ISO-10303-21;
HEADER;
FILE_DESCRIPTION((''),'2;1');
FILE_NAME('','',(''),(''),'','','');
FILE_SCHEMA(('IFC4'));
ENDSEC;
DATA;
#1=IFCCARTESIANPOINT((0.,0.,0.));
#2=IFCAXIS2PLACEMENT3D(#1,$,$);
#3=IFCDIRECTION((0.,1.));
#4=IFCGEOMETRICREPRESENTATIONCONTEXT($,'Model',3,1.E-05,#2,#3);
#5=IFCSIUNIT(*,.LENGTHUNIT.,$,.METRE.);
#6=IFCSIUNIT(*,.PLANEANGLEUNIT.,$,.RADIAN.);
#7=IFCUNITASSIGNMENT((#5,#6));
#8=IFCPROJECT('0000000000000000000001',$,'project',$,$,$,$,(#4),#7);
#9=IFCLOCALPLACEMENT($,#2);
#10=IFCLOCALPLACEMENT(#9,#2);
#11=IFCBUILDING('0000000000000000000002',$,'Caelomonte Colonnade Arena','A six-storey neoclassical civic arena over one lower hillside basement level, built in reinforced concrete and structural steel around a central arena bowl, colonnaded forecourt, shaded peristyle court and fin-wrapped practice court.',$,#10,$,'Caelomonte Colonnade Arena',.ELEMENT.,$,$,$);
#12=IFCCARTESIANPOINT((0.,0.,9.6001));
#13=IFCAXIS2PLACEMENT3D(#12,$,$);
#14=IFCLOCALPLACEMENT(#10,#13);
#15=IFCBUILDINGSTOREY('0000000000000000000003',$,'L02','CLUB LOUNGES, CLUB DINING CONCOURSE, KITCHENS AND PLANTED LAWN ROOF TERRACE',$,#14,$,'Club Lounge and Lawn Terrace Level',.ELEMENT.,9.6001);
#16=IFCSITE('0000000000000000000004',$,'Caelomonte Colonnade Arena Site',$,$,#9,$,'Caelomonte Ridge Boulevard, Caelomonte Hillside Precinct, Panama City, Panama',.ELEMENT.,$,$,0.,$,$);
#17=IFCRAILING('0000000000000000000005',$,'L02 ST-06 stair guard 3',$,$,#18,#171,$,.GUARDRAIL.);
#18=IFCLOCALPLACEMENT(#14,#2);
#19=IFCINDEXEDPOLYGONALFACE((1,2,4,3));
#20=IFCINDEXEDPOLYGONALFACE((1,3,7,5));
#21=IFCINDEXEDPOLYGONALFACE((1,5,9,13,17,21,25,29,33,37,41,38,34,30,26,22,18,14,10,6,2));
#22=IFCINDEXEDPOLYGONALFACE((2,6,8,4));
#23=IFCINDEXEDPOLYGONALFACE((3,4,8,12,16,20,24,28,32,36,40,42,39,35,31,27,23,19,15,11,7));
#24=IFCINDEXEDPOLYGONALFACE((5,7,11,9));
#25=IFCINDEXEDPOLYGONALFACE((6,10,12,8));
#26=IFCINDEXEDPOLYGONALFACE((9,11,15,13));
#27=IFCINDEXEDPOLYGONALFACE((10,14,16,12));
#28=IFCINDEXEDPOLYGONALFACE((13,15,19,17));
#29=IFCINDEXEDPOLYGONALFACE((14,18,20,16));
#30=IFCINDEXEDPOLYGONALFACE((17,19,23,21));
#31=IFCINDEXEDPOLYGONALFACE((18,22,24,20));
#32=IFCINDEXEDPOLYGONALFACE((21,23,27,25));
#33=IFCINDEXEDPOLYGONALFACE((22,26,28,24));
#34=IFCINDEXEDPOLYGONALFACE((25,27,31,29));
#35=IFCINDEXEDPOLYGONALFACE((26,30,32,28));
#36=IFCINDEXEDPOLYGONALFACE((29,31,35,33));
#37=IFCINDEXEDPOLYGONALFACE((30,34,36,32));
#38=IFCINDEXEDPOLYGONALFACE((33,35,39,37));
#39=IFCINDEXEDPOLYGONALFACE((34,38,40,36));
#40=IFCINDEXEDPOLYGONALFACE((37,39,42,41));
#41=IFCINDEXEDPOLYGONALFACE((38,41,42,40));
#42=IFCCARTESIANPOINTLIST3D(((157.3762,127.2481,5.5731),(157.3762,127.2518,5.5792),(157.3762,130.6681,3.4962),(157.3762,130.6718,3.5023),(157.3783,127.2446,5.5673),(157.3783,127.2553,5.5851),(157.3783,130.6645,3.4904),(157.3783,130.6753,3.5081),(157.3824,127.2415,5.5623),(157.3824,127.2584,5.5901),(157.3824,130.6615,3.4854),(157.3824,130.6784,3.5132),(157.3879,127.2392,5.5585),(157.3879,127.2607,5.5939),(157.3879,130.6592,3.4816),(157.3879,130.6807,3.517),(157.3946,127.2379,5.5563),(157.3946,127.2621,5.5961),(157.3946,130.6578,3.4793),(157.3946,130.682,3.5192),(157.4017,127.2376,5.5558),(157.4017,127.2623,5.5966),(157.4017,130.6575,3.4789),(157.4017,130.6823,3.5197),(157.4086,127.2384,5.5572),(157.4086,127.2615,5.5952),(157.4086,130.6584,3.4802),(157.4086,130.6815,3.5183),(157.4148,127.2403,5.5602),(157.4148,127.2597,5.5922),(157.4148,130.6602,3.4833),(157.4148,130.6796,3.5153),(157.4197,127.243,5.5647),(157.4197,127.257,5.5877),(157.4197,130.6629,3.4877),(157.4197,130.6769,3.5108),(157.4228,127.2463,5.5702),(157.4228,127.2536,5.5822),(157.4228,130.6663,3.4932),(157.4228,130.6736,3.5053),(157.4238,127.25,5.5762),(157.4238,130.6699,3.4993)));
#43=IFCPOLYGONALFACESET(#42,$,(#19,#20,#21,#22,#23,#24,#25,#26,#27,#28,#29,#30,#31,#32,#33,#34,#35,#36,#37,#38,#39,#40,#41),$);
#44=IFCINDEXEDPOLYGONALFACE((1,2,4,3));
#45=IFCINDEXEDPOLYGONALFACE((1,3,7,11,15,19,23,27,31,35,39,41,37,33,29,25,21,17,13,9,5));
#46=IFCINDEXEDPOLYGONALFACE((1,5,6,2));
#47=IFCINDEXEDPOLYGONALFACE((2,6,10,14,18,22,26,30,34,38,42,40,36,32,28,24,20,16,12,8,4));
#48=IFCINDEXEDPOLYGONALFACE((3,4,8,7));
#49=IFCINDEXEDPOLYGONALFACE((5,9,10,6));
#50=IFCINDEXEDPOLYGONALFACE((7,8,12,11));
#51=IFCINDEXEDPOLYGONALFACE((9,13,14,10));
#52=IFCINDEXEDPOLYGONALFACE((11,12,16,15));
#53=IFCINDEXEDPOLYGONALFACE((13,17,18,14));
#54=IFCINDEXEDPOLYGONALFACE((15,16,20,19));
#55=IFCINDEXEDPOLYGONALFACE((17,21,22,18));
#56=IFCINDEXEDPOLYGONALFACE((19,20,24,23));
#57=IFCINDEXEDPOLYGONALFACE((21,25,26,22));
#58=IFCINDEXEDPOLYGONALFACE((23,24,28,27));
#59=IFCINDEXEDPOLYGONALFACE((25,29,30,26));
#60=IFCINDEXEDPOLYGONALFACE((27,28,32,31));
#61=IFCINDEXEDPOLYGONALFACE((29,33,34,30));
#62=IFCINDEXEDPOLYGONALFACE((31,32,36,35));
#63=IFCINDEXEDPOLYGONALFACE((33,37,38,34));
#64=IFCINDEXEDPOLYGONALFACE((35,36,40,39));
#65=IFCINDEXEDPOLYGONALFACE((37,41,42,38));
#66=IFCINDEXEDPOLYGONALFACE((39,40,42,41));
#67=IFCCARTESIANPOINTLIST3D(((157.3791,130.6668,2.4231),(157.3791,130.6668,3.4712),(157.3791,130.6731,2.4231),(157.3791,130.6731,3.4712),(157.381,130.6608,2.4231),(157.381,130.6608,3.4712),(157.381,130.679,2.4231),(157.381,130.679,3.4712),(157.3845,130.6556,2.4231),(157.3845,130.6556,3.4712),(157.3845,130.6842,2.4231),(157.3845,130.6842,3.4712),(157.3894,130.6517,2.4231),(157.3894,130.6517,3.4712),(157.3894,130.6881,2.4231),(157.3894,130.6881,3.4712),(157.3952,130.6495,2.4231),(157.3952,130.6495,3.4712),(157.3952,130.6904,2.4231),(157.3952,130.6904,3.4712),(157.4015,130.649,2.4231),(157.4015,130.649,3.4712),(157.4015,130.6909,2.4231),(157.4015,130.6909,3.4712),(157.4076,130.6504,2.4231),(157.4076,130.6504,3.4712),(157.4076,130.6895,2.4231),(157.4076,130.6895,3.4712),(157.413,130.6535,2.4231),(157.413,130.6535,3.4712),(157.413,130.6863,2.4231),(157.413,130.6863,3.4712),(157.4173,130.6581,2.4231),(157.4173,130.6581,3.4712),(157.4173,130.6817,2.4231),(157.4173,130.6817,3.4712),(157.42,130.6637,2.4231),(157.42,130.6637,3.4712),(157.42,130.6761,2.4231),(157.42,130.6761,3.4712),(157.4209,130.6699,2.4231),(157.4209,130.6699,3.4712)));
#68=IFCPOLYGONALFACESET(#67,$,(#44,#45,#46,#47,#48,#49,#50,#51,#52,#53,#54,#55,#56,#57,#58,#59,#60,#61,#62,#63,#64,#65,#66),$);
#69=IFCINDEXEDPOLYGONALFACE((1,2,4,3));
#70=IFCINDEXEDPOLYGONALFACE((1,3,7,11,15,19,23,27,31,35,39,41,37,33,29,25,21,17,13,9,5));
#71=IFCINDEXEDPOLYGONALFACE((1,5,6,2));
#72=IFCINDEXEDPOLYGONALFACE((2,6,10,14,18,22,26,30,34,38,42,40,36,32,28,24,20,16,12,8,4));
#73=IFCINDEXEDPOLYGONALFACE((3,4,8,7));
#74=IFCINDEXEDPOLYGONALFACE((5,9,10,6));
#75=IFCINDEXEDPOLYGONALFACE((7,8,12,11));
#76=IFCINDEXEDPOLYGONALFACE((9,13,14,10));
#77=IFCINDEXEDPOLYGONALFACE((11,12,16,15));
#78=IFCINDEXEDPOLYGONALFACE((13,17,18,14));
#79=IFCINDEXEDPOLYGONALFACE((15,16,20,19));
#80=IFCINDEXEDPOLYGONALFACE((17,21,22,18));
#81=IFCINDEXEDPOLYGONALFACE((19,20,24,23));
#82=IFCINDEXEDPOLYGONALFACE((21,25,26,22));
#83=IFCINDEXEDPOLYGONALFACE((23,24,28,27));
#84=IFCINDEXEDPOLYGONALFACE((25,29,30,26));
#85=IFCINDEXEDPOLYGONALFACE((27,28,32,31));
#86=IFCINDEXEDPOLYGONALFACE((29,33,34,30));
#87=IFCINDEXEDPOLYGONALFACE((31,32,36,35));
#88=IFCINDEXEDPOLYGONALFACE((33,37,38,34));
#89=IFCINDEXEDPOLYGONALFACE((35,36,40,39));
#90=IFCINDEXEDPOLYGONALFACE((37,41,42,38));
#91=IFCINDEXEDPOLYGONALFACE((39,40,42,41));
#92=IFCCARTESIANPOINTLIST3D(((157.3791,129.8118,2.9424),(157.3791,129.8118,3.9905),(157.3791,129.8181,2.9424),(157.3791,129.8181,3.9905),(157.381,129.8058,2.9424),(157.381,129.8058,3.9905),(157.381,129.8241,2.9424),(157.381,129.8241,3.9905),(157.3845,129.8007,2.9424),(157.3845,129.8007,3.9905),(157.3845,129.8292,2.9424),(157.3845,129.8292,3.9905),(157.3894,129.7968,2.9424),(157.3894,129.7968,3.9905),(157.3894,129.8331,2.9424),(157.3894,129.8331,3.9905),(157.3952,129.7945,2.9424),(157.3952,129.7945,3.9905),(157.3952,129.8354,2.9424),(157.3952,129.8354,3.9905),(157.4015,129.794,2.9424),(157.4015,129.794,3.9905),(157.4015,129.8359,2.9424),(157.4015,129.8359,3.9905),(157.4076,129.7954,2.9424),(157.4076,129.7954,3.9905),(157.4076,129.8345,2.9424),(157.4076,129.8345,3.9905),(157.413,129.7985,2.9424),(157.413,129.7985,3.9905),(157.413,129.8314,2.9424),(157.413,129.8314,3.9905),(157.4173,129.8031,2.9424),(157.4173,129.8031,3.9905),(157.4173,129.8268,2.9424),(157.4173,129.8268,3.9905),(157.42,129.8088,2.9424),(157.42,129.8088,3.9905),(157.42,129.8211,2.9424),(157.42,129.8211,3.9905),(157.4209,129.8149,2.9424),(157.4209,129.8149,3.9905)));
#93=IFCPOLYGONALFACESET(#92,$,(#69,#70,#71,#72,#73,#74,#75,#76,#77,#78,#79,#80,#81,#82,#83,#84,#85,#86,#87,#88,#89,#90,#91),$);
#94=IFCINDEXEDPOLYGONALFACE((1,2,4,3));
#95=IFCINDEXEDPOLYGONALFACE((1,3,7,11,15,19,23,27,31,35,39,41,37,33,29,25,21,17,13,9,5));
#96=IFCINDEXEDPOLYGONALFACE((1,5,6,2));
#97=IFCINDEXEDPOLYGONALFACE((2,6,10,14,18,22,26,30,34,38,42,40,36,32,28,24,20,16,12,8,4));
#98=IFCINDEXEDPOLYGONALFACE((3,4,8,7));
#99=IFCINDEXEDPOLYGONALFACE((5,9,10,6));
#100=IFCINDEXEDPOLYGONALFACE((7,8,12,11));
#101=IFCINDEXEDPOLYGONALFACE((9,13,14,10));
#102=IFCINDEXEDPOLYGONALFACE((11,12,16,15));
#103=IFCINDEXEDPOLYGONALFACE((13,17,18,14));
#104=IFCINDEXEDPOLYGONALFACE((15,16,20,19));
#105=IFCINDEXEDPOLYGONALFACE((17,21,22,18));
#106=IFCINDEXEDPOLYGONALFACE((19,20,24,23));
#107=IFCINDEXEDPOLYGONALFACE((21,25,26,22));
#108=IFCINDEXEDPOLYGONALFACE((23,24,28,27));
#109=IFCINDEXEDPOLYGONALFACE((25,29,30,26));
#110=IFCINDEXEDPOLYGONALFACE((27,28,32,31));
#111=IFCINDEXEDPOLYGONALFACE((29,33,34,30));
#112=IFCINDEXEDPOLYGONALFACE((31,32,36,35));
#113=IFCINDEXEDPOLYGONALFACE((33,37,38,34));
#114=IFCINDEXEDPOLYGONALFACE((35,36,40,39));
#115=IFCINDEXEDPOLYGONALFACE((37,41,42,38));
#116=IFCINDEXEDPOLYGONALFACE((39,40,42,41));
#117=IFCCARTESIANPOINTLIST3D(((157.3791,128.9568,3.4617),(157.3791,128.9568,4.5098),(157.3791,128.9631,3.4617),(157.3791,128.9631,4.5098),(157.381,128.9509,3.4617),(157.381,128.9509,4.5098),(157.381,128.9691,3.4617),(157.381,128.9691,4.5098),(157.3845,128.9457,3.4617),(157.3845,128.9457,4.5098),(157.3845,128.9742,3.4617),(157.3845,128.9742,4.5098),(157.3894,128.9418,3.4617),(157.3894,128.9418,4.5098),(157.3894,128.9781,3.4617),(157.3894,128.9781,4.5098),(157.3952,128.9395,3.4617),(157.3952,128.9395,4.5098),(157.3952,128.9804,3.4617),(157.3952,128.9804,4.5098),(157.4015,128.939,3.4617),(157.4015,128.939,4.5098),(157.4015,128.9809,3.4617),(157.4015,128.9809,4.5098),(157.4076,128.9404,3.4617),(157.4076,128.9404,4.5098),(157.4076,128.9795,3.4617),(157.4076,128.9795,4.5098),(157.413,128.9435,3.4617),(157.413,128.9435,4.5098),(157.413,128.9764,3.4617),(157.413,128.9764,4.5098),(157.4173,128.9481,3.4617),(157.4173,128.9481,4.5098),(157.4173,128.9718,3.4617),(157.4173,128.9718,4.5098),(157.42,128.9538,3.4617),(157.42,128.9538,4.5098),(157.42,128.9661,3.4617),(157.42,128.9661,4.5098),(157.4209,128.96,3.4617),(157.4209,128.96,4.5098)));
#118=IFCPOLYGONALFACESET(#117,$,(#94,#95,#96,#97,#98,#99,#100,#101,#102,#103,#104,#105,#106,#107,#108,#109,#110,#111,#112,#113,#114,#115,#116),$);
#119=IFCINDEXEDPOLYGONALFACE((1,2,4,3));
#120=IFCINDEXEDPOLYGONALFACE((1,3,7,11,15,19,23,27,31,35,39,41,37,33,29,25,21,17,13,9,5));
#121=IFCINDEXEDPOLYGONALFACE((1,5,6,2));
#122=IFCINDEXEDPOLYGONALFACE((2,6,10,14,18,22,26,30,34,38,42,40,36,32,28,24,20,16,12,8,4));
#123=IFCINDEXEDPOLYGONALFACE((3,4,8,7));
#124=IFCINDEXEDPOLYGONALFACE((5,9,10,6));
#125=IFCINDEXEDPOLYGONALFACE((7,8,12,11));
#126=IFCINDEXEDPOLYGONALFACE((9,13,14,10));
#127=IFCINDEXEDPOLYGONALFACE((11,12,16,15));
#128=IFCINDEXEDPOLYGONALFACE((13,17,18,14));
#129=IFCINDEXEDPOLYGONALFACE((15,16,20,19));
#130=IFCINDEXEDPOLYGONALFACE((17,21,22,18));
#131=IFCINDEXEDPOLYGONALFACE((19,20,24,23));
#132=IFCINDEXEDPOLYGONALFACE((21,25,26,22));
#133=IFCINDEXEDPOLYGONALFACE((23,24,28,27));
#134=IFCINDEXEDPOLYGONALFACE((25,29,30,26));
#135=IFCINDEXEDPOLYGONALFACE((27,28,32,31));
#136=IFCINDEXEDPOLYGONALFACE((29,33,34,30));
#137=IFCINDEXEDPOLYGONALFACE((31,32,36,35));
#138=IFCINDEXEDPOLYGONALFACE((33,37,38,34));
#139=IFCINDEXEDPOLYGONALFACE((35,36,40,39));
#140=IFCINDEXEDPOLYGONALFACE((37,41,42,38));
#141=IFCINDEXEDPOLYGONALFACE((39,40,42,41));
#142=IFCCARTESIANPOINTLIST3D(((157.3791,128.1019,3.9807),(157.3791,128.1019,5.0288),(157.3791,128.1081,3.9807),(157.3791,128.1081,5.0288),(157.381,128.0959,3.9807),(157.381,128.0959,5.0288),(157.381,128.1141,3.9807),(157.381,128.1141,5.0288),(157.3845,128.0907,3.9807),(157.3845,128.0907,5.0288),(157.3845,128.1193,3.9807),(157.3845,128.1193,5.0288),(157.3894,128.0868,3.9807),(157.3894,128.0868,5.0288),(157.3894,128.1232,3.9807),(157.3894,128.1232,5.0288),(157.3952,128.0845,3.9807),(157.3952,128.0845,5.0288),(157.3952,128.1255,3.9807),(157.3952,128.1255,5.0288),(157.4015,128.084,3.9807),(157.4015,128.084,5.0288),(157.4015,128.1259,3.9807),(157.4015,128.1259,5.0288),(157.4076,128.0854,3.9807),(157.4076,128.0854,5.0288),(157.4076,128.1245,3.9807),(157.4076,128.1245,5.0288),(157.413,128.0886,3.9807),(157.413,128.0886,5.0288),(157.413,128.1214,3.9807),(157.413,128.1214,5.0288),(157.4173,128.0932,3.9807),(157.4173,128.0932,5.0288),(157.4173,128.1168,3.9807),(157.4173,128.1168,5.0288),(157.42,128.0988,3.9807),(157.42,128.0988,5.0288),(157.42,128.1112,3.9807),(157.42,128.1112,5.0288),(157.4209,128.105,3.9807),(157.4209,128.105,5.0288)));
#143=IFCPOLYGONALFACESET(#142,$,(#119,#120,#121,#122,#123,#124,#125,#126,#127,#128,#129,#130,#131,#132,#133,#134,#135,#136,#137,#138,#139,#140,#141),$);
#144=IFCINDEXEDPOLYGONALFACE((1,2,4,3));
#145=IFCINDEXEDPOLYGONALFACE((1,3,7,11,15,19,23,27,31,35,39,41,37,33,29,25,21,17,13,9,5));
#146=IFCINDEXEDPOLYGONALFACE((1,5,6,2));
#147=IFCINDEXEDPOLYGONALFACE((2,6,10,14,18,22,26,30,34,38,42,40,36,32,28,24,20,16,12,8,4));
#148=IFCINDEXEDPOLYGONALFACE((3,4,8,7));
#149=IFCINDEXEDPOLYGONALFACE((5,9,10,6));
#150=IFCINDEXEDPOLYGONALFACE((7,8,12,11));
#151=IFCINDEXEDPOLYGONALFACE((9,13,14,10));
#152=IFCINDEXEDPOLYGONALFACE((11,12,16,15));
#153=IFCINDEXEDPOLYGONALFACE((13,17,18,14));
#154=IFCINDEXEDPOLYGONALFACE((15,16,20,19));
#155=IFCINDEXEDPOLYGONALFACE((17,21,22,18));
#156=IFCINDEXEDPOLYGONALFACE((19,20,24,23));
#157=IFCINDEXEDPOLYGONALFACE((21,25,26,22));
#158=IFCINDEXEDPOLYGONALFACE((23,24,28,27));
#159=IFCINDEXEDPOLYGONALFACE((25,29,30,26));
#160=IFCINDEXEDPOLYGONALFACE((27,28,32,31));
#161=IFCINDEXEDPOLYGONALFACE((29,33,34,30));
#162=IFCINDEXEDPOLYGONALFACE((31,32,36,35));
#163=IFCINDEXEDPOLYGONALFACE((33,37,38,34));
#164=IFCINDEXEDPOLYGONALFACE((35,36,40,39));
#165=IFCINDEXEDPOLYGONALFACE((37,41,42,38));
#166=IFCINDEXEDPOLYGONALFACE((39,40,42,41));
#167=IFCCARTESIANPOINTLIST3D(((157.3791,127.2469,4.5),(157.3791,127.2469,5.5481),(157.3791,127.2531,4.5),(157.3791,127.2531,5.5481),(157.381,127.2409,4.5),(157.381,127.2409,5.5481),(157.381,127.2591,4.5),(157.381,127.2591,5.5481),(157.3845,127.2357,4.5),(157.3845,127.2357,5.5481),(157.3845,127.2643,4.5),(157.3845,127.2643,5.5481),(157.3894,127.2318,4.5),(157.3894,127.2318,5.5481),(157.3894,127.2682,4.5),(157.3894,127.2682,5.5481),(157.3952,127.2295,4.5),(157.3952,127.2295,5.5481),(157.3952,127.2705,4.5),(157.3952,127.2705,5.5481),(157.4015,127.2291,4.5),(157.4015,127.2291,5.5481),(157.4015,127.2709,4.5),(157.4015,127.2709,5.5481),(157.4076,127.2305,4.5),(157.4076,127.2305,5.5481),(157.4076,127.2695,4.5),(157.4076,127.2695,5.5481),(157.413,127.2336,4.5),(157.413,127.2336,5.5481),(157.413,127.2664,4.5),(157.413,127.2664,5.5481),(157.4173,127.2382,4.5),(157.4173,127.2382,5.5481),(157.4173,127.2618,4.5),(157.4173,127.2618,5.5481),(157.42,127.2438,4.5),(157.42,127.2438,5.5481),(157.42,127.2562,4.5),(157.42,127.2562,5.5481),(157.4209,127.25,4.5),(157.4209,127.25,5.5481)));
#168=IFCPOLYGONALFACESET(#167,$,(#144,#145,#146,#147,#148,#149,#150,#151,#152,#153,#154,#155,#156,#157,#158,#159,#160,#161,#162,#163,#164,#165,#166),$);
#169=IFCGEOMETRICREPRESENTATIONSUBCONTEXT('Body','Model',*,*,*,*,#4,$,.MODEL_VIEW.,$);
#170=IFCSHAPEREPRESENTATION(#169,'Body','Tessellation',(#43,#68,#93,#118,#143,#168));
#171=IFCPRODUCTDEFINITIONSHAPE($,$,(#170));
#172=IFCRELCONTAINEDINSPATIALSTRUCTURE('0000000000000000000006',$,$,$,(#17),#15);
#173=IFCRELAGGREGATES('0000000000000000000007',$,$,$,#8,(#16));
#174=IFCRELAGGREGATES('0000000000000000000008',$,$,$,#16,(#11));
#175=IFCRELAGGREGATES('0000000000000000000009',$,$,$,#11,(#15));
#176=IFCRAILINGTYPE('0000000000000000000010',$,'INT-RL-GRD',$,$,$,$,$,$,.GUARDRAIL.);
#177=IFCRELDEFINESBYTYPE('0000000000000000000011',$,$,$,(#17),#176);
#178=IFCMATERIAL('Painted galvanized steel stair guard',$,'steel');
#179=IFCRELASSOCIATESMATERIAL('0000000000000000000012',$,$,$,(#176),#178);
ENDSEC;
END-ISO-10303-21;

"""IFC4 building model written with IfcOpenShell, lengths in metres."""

from ifc_helpers import new_model, si_unit, direction, frame, origin, origin_2d, place, context, subcontext, project, spatial, circle, extrude, material, type_object, element, save


model = new_model("IFC4")

# Units and contexts
model_context = context("Model", 3, precision=1e-05, world=origin(), true_north=direction((0.0, 1.0)))
body_context = subcontext(model_context, "Body", "Model", "MODEL_VIEW")
ifc_project = project(units=[si_unit("LENGTHUNIT", "METRE"), si_unit("PLANEANGLEUNIT", "RADIAN")], contexts=[model_context])

# Site, building, storey
site_placement = place(None, origin())
site = spatial("IfcSite", under=ifc_project, at=site_placement, Name="Caelomonte Colonnade Arena Site", LongName="Caelomonte Ridge Boulevard, Caelomonte Hillside Precinct, Panama City, Panama", CompositionType="ELEMENT", RefElevation=0.0)
building_placement = place(site_placement, origin())
building = spatial("IfcBuilding", under=site, at=building_placement, Name="Caelomonte Colonnade Arena", Description="A six-storey neoclassical civic arena over one lower hillside basement level, built in reinforced concrete and structural steel around a central arena bowl, colonnaded forecourt, shaded peristyle court and fin-wrapped practice court.", LongName="Caelomonte Colonnade Arena", CompositionType="ELEMENT")
storey_placement = place(building_placement, frame((0.0, 0.0, 9.6001)))
storey = spatial("IfcBuildingStorey", under=building, at=storey_placement, Name="L02", Description="CLUB LOUNGES, CLUB DINING CONCOURSE, KITCHENS AND PLANTED LAWN ROOF TERRACE", LongName="Club Lounge and Lawn Terrace Level", CompositionType="ELEMENT", Elevation=9.6001)

# Railing
ifc_material_1 = material(Name="Painted galvanized steel stair guard", Category="steel")
railing_type_1 = type_object("IfcRailingType", Name="INT-RL-GRD", PredefinedType="GUARDRAIL", material=ifc_material_1)
railing_1_placement = place(storey_placement, frame((157.3999, 130.6699, 2.4231)))
element("IfcRailing", 1, at=railing_1_placement, inside=storey, type_object=railing_type_1, Name="L02 ST-06 stair guard 3", PredefinedType="GUARDRAIL", context=body_context, shape_type="SweptSolid", body=[
    extrude(circle(Radius=0.0239, at=origin_2d()), frame((0.0, 0.0, 1.0762), z_axis=(0.0, -0.85473, 0.519074), x_axis=(1.0, 0.0, 0.0)), (0.0, 0.0, 1.0), 4.0012),
    extrude(circle(Radius=0.021, at=origin_2d()), origin(), (0.0, 0.0, 1.0), 1.0481),
    extrude(circle(Radius=0.021, at=origin_2d()), frame((0.0, -0.855, 0.5193)), (0.0, 0.0, 1.0), 1.0481),
    extrude(circle(Radius=0.021, at=origin_2d()), frame((0.0, -1.71, 1.0386)), (0.0, 0.0, 1.0), 1.0481),
    extrude(circle(Radius=0.021, at=origin_2d()), frame((0.0, -2.5649, 1.5576)), (0.0, 0.0, 1.0), 1.0481),
    extrude(circle(Radius=0.021, at=origin_2d()), frame((0.0, -3.4199, 2.0769)), (0.0, 0.0, 1.0), 1.0481),
])

save(model, "model.ifc")
